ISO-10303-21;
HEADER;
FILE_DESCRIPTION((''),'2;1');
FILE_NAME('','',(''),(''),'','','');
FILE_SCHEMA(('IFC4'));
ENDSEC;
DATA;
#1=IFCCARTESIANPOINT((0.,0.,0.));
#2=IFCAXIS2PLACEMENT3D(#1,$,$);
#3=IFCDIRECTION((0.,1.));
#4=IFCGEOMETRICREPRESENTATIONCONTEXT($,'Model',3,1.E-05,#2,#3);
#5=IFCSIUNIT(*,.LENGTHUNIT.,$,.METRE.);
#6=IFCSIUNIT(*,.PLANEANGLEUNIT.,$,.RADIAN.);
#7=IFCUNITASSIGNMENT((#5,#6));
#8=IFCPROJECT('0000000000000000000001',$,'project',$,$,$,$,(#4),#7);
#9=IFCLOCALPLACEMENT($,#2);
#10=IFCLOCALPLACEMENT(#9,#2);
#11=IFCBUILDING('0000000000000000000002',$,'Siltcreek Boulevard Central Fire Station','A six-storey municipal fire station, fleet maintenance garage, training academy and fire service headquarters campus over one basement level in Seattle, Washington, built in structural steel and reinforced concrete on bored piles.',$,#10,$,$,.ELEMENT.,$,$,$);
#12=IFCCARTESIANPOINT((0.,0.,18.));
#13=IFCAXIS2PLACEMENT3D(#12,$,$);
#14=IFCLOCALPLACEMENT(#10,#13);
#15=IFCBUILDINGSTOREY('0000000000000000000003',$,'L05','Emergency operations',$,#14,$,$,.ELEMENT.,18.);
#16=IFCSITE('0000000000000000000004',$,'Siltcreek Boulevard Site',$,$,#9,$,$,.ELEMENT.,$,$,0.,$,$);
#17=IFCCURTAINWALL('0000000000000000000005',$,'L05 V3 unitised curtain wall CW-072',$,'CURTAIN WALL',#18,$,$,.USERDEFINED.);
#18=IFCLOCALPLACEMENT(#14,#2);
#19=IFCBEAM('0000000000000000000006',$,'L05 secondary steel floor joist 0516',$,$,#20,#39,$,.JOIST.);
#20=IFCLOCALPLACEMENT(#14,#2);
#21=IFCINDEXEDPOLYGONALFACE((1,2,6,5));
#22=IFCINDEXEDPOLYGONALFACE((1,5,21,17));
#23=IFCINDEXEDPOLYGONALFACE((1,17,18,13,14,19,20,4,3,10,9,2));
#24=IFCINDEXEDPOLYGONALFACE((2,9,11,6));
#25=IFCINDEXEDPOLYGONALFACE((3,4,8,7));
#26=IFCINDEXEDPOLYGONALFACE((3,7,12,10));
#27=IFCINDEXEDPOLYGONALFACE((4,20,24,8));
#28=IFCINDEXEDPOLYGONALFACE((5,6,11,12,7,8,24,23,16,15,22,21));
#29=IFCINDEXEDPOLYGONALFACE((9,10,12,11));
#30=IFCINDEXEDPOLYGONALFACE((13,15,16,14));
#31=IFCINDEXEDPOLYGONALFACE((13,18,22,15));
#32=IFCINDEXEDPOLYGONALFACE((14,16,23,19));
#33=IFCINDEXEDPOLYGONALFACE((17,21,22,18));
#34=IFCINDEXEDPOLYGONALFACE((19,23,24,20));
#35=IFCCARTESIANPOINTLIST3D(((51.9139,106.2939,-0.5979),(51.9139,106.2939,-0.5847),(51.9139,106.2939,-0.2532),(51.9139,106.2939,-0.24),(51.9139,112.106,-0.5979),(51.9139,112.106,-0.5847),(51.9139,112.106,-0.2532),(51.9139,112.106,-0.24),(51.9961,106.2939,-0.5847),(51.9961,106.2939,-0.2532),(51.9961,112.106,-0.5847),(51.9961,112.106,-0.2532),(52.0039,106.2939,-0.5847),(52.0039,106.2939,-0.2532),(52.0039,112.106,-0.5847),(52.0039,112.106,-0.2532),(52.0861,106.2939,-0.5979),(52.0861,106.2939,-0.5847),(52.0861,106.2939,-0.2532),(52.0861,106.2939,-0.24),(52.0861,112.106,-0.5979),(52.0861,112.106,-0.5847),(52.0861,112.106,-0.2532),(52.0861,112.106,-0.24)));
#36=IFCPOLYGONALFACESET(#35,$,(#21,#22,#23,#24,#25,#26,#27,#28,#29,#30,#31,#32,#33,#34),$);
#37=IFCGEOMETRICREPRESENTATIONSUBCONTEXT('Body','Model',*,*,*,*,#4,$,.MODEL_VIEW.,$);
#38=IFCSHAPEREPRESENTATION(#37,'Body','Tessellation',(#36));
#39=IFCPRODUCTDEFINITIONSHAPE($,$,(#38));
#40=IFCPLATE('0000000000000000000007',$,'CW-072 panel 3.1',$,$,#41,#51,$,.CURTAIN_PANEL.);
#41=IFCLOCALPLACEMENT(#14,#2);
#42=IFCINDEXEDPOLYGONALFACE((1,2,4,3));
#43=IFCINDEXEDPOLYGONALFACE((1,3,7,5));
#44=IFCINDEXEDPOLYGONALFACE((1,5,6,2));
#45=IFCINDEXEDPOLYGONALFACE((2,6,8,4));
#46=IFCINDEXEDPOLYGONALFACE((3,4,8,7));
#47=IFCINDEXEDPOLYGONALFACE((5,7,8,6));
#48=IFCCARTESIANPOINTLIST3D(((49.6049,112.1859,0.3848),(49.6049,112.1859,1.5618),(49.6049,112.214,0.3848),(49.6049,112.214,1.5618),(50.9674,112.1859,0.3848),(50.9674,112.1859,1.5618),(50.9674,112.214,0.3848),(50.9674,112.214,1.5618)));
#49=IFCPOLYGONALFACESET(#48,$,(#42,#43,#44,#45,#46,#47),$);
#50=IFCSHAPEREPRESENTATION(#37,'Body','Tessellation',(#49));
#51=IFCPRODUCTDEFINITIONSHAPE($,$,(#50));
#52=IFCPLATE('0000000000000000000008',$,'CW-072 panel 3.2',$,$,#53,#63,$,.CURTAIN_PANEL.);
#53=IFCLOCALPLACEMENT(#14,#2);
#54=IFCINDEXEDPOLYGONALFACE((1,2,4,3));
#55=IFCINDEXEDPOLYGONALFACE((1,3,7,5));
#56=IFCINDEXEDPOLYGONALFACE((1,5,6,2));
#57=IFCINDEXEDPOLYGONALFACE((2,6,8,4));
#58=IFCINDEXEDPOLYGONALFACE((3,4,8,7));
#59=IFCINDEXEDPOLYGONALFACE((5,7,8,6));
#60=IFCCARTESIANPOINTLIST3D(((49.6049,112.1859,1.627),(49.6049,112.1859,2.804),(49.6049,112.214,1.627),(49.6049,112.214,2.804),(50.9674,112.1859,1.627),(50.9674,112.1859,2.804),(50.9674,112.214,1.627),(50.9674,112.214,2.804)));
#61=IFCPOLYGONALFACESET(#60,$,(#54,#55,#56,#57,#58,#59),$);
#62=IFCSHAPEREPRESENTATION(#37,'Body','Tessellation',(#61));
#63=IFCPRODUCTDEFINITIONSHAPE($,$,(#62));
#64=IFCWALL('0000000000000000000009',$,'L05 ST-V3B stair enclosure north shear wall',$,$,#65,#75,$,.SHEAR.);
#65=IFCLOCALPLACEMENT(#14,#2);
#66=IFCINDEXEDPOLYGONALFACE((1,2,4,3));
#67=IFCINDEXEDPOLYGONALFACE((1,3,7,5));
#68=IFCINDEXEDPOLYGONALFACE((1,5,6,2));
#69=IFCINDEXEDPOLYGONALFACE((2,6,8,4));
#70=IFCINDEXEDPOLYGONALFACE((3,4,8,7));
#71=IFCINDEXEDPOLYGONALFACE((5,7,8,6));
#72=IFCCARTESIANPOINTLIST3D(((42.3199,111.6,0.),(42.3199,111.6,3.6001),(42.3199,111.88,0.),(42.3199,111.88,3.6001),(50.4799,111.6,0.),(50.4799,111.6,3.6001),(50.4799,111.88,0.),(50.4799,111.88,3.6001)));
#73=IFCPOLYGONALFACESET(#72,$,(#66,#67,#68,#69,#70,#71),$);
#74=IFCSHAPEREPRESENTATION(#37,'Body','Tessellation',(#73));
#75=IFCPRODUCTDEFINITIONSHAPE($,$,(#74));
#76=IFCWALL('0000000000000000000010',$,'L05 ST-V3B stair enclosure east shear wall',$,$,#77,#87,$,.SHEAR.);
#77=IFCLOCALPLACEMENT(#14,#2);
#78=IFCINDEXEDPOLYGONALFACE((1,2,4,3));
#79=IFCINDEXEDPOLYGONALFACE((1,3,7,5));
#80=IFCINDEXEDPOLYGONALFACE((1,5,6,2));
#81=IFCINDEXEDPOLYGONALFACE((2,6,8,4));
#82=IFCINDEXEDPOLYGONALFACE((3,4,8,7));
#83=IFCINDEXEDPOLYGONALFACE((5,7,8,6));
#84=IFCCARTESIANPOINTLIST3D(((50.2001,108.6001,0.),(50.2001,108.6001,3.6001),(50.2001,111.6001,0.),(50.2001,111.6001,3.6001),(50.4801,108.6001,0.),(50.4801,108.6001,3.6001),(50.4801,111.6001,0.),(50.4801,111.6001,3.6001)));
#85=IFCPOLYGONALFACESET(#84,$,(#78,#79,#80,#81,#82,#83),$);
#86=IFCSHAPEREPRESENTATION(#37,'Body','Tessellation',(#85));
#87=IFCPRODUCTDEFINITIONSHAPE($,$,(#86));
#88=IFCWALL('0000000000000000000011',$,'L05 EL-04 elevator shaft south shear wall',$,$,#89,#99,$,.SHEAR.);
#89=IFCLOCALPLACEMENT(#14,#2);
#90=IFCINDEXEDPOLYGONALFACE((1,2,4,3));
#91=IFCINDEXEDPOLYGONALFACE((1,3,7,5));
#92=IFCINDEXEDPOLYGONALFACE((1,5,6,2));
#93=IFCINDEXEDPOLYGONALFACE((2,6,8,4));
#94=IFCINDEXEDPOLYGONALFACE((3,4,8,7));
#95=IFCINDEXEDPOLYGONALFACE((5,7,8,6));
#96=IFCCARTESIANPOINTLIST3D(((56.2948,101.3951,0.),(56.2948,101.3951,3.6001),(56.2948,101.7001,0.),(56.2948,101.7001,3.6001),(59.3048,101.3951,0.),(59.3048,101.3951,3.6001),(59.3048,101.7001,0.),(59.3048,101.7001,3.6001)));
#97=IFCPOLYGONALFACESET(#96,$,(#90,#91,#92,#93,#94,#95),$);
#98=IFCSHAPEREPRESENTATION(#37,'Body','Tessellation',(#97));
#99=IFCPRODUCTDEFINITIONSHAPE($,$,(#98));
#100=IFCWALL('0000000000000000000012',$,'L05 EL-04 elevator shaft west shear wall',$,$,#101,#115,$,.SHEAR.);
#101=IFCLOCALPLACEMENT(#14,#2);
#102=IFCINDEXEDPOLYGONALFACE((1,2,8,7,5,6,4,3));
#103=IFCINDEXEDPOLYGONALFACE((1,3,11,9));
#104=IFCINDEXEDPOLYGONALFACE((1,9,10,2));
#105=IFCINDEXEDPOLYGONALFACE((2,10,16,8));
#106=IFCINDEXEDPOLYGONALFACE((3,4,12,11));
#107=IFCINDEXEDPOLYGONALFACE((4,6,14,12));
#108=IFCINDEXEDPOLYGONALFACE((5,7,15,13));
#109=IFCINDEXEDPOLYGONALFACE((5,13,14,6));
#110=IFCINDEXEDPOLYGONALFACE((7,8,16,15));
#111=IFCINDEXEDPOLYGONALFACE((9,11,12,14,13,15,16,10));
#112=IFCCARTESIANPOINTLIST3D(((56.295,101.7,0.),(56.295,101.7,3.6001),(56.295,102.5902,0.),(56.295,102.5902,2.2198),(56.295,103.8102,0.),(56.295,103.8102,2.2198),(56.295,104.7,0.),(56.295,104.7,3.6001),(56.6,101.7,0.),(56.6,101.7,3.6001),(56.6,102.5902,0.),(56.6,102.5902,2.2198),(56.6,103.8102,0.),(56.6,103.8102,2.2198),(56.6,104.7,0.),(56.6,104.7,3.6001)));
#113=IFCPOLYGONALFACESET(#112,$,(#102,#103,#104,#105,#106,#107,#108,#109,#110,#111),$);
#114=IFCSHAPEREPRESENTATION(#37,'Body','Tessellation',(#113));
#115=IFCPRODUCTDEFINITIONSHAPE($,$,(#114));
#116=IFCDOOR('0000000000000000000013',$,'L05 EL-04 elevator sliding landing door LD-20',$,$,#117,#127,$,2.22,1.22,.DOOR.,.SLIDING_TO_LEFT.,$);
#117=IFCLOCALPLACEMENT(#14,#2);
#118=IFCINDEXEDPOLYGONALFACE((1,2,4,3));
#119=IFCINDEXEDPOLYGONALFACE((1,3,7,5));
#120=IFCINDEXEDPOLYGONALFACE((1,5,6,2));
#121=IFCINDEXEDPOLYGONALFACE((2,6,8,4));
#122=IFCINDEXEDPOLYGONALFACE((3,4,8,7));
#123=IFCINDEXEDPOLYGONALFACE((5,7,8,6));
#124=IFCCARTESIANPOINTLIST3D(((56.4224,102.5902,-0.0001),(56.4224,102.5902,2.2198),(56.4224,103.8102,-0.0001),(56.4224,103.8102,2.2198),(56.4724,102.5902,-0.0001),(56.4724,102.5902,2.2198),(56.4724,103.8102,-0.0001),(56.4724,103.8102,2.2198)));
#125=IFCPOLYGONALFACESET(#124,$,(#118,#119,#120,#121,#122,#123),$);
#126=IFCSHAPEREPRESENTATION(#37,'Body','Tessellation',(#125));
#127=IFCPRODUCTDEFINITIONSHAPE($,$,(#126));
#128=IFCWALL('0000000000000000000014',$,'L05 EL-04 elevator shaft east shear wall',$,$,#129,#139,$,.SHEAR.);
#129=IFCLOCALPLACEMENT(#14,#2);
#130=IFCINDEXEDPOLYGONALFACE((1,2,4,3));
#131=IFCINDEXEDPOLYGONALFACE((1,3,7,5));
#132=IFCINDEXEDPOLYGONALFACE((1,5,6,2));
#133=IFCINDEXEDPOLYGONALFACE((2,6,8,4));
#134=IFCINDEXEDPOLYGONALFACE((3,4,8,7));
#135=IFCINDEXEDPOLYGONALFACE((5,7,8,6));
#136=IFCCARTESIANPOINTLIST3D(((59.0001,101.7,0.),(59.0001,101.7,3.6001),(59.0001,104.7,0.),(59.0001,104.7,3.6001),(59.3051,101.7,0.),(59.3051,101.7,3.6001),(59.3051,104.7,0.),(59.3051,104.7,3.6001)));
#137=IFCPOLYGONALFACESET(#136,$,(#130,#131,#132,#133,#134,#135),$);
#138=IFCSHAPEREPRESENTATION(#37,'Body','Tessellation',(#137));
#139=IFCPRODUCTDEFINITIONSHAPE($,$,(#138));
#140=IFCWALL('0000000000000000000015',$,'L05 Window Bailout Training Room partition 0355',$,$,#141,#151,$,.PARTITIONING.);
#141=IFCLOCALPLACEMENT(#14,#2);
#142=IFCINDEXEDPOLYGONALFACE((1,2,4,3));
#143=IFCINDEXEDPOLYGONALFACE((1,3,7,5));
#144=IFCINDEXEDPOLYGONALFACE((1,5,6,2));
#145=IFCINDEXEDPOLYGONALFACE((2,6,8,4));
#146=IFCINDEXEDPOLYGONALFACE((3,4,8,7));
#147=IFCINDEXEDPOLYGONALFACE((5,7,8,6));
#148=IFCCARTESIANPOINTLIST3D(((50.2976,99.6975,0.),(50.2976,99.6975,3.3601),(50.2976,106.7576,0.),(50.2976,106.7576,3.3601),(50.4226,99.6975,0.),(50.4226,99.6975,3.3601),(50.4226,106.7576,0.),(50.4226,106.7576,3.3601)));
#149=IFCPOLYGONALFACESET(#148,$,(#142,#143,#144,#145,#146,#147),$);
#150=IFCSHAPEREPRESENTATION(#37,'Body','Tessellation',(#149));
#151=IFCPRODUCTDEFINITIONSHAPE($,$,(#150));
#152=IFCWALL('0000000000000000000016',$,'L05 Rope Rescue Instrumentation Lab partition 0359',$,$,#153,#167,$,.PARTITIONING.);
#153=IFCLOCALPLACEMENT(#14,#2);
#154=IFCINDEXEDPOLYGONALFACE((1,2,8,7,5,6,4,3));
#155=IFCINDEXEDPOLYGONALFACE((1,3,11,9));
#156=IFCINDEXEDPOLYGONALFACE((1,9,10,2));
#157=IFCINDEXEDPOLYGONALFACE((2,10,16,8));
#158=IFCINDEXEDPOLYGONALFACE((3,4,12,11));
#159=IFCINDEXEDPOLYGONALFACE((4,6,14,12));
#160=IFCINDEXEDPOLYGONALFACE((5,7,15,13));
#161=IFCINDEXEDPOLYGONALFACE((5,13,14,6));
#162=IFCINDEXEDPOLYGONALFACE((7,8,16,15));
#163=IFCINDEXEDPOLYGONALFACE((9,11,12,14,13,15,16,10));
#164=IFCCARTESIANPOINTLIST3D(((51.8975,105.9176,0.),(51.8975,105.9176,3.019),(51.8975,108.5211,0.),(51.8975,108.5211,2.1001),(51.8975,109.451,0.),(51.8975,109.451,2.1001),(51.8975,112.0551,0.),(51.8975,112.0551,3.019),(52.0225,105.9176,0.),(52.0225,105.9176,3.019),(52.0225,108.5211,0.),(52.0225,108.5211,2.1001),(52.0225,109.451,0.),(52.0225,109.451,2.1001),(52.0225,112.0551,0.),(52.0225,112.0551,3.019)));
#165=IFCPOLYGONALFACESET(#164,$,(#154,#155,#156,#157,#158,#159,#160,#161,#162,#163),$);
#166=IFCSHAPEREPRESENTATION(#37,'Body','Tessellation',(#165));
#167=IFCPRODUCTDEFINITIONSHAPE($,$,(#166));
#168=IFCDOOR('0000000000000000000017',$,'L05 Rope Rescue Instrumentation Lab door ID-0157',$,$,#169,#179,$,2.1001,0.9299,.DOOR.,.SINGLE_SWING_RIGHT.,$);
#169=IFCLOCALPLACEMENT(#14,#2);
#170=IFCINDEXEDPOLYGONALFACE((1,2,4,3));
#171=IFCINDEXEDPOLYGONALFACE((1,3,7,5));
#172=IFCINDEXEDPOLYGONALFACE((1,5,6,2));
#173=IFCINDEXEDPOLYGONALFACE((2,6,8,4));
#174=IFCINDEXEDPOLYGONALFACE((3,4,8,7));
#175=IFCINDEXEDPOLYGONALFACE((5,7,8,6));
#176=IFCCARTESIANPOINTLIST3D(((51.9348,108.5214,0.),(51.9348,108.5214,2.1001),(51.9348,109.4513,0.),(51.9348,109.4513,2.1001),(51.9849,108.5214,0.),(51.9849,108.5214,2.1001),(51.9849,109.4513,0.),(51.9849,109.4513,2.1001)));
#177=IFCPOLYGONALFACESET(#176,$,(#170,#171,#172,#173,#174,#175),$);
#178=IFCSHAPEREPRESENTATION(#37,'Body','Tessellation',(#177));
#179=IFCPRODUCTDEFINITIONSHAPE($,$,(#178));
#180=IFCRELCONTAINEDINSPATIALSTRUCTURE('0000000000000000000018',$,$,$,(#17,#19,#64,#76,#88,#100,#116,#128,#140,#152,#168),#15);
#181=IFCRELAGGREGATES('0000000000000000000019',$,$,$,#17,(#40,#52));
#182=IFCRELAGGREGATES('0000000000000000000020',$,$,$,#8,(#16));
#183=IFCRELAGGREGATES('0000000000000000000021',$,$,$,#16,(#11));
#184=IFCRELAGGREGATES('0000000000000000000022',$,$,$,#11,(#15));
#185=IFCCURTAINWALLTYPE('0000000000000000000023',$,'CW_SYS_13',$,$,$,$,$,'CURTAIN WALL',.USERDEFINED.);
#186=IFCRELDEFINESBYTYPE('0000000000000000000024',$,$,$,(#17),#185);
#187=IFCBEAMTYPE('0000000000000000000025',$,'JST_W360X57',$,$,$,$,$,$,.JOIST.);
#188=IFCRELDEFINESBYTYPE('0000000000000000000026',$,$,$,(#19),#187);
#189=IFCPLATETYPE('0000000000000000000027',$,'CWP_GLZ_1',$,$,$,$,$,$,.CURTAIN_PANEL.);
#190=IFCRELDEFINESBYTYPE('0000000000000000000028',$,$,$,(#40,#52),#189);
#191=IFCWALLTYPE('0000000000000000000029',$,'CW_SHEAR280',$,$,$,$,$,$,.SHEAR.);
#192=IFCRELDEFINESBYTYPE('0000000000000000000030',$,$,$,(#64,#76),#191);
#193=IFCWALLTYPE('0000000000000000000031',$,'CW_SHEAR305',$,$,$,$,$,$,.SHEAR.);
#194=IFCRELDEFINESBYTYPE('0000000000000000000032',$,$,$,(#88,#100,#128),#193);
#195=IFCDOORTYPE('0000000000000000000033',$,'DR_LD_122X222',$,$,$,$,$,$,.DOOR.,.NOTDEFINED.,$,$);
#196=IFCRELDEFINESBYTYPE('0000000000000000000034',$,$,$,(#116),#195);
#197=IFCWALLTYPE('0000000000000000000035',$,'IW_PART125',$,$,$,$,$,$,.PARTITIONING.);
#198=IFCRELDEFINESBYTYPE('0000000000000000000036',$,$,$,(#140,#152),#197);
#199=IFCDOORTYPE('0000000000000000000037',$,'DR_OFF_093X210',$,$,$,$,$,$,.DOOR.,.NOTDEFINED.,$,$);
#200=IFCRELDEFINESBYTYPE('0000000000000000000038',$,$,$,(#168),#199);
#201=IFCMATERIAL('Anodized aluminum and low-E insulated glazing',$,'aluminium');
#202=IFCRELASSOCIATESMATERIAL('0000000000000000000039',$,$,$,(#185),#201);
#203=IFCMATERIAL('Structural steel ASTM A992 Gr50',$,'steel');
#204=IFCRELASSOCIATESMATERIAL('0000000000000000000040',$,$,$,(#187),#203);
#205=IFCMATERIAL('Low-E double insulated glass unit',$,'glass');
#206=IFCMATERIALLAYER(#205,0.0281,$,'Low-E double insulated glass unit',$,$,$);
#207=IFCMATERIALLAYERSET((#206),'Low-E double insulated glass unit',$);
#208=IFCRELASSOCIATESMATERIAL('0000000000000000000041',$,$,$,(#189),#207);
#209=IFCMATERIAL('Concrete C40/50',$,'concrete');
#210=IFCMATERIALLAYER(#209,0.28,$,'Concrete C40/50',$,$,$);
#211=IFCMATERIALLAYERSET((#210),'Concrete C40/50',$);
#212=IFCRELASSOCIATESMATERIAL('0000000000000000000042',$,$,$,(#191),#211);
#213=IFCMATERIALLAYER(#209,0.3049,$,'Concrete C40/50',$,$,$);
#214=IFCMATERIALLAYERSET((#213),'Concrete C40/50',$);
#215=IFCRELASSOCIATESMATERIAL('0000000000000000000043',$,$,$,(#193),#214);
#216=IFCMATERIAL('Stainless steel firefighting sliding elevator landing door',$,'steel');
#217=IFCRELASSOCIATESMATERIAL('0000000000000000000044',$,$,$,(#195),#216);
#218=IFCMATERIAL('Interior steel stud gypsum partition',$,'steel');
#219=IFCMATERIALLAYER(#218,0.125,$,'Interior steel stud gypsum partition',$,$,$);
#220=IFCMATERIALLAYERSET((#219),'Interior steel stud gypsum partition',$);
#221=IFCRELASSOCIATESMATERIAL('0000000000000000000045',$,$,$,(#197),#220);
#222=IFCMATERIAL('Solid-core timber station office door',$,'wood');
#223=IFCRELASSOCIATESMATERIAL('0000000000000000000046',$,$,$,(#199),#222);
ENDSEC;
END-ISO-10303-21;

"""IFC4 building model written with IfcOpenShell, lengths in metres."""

from ifc_helpers import new_model, si_unit, direction, frame, frame_2d, origin, origin_2d, place, context, subcontext, project, spatial, rectangle, i_section, extrude, material, layer, layer_set, material_profile, profile_set, type_object, element, fill, aggregate, save


model = new_model("IFC4")

# Units and contexts
model_context = context("Model", 3, precision=1e-05, world=origin(), true_north=direction((0.0, 1.0)))
body_context = subcontext(model_context, "Body", "Model", "MODEL_VIEW")
ifc_project = project(units=[si_unit("LENGTHUNIT", "METRE"), si_unit("PLANEANGLEUNIT", "RADIAN")], contexts=[model_context])

# Site, building, storey
site_placement = place(None, origin())
site = spatial("IfcSite", under=ifc_project, at=site_placement, Name="Siltcreek Boulevard Site", CompositionType="ELEMENT", RefElevation=0.0)
building_placement = place(site_placement, origin())
building = spatial("IfcBuilding", under=site, at=building_placement, Name="Siltcreek Boulevard Central Fire Station", Description="A six-storey municipal fire station, fleet maintenance garage, training academy and fire service headquarters campus over one basement level in Seattle, Washington, built in structural steel and reinforced concrete on bored piles.", CompositionType="ELEMENT")
storey_placement = place(building_placement, frame((0.0, 0.0, 18.0)))
storey = spatial("IfcBuildingStorey", under=building, at=storey_placement, Name="L05", Description="Emergency operations", CompositionType="ELEMENT", Elevation=18.0)

# Shared definitions
ifc_material_1 = material(Name="Structural steel ASTM A992 Gr50", Category="steel")

# Curtain wall
ifc_material_2 = material(Name="Anodized aluminum and low-E insulated glazing", Category="aluminium")
curtain_wall_type = type_object("IfcCurtainWallType", Name="CW_SYS_13", ElementType="CURTAIN WALL", PredefinedType="USERDEFINED", material=ifc_material_2)
curtain_wall_placement = place(storey_placement, origin())
curtain_wall = element("IfcCurtainWall", 1, at=curtain_wall_placement, inside=storey, type_object=curtain_wall_type, Name="L05 V3 unitised curtain wall CW-072", ObjectType="CURTAIN WALL", PredefinedType="USERDEFINED")

# Beam
ifc_material_profile_1 = material_profile(ifc_material_1, i_section(OverallWidth=0.1721, OverallDepth=0.3579, WebThickness=0.0078, FlangeThickness=0.0132, at=origin_2d()), Name="W360X57")
ifc_profile_set_1 = profile_set([ifc_material_profile_1], Name="Structural steel ASTM A992 Gr50")
beam_type_1 = type_object("IfcBeamType", Name="JST_W360X57", PredefinedType="JOIST", material=ifc_profile_set_1)
beam_1_placement = place(storey_placement, frame((52.0, 106.2939, -0.4189), z_axis=(0.0, 1.0, 0.0), x_axis=(-1.0, 0.0, 0.0)))
element("IfcBeam", 2, at=beam_1_placement, inside=storey, type_object=beam_type_1, Name="L05 secondary steel floor joist 0516", PredefinedType="JOIST", context=body_context, shape_type="SweptSolid", body=[
    extrude(i_section(OverallWidth=0.1721, OverallDepth=0.3579, WebThickness=0.0078, FlangeThickness=0.0132, at=origin_2d()), origin(), (0.0, 0.0, 1.0), 5.812),
])

# Plates
ifc_material_3 = material(Name="Low-E double insulated glass unit", Category="glass")
ifc_layer_1 = layer(ifc_material_3, 0.0281, Name="Low-E double insulated glass unit")
ifc_layer_set_1 = layer_set([ifc_layer_1], Name="Low-E double insulated glass unit")
plate_type = type_object("IfcPlateType", Name="CWP_GLZ_1", PredefinedType="CURTAIN_PANEL", material=ifc_layer_set_1)
plate_1_placement = place(storey_placement, frame((50.2861, 112.2, 0.3848), z_axis=(0.0, 0.0, 1.0), x_axis=(-1.0, 0.0, 0.0)))
plate_1 = element("IfcPlate", 3, at=plate_1_placement, type_object=plate_type, Name="CW-072 panel 3.1", PredefinedType="CURTAIN_PANEL", context=body_context, shape_type="SweptSolid", body=[
    extrude(rectangle(XDim=1.3625, YDim=0.0281, at=origin_2d()), origin(), (0.0, 0.0, 1.0), 1.177),
])
plate_2_placement = place(storey_placement, frame((50.2861, 112.2, 1.627), z_axis=(0.0, 0.0, 1.0), x_axis=(-1.0, 0.0, 0.0)))
plate_2 = element("IfcPlate", 4, at=plate_2_placement, type_object=plate_type, Name="CW-072 panel 3.2", PredefinedType="CURTAIN_PANEL", context=body_context, shape_type="SweptSolid", body=[
    extrude(rectangle(XDim=1.3625, YDim=0.0281, at=origin_2d()), origin(), (0.0, 0.0, 1.0), 1.177),
])
aggregate(curtain_wall, [plate_1, plate_2])

# Walls
ifc_material_4 = material(Name="Concrete C40/50", Category="concrete")
ifc_layer_2 = layer(ifc_material_4, 0.28, Name="Concrete C40/50")
ifc_layer_set_2 = layer_set([ifc_layer_2], Name="Concrete C40/50")
wall_type_1 = type_object("IfcWallType", Name="CW_SHEAR280", PredefinedType="SHEAR", material=ifc_layer_set_2)
wall_1_placement = place(storey_placement, frame((50.48, 111.74, 0.0), z_axis=(0.0, 0.0, 1.0), x_axis=(-1.0, 0.0, 0.0)))
element("IfcWall", 5, at=wall_1_placement, inside=storey, type_object=wall_type_1, Name="L05 ST-V3B stair enclosure north shear wall", PredefinedType="SHEAR", context=body_context, shape_type="SweptSolid", body=[
    extrude(rectangle(XDim=8.1599, YDim=0.28, at=frame_2d((4.0801, 0.0))), origin(), (0.0, 0.0, 1.0), 3.6001),
])
wall_2_placement = place(storey_placement, frame((50.3401, 108.6001, 0.0), z_axis=(0.0, 0.0, 1.0), x_axis=(0.0, 1.0, 0.0)))
element("IfcWall", 6, at=wall_2_placement, inside=storey, type_object=wall_type_1, Name="L05 ST-V3B stair enclosure east shear wall", PredefinedType="SHEAR", context=body_context, shape_type="SweptSolid", body=[
    extrude(rectangle(XDim=3.0, YDim=0.28, at=frame_2d((1.5, 0.0))), origin(), (0.0, 0.0, 1.0), 3.6001),
])
ifc_layer_3 = layer(ifc_material_4, 0.3049, Name="Concrete C40/50")
ifc_layer_set_3 = layer_set([ifc_layer_3], Name="Concrete C40/50")
wall_type_2 = type_object("IfcWallType", Name="CW_SHEAR305", PredefinedType="SHEAR", material=ifc_layer_set_3)
wall_3_placement = place(storey_placement, frame((56.2949, 101.5476, 0.0), z_axis=(0.0, 0.0, 1.0), x_axis=(1.0, 0.0, 0.0)))
element("IfcWall", 7, at=wall_3_placement, inside=storey, type_object=wall_type_2, Name="L05 EL-04 elevator shaft south shear wall", PredefinedType="SHEAR", context=body_context, shape_type="SweptSolid", body=[
    extrude(rectangle(XDim=3.01, YDim=0.3049, at=frame_2d((1.5049, 0.0))), origin(), (0.0, 0.0, 1.0), 3.6001),
])

# Wall, opening, door
wall_4_placement = place(storey_placement, frame((56.4475, 104.7, 0.0), z_axis=(0.0, 0.0, 1.0), x_axis=(0.0, -1.0, 0.0)))
wall_4 = element("IfcWall", 8, at=wall_4_placement, inside=storey, type_object=wall_type_2, Name="L05 EL-04 elevator shaft west shear wall", PredefinedType="SHEAR", context=body_context, shape_type="SweptSolid", body=[
    extrude(rectangle(XDim=3.0, YDim=0.3049, at=frame_2d((1.5, 0.0))), origin(), (0.0, 0.0, 1.0), 3.6001),
])
opening_1_placement = place(wall_4_placement, frame((0.8899, 0.0, 0.0)))
opening_1 = element("IfcOpeningElement", 9, at=opening_1_placement, cuts=wall_4, PredefinedType="OPENING", context=body_context, shape_type="SweptSolid", body=[
    extrude(rectangle(XDim=1.22, YDim=2.22, at=frame_2d((0.6099, 1.1099))), frame((0.0, 0.1624, 0.0), z_axis=(0.0, -1.0, 0.0), x_axis=(1.0, 0.0, 0.0)), (0.0, 0.0, 1.0), 0.325),
])
ifc_material_5 = material(Name="Stainless steel firefighting sliding elevator landing door", Category="steel")
door_type_1 = type_object("IfcDoorType", Name="DR_LD_122X222", OperationType="NOTDEFINED", PredefinedType="DOOR", material=ifc_material_5)
door_1_placement = place(opening_1_placement, origin())
door_1 = element("IfcDoor", 10, at=door_1_placement, inside=storey, type_object=door_type_1, Name="L05 EL-04 elevator sliding landing door LD-20", OperationType="SLIDING_TO_LEFT", OverallHeight=2.22, OverallWidth=1.22, PredefinedType="DOOR", context=body_context, shape_type="SweptSolid", body=[
    extrude(rectangle(XDim=1.22, YDim=2.22, at=frame_2d((0.6099, 1.1099))), frame((0.0, 0.0249, 0.0), z_axis=(0.0, -1.0, 0.0), x_axis=(1.0, 0.0, 0.0)), (0.0, 0.0, 1.0), 0.05),
])
fill(opening_1, door_1)

# Walls
wall_5_placement = place(storey_placement, frame((59.1526, 101.7, 0.0), z_axis=(0.0, 0.0, 1.0), x_axis=(0.0, 1.0, 0.0)))
element("IfcWall", 11, at=wall_5_placement, inside=storey, type_object=wall_type_2, Name="L05 EL-04 elevator shaft east shear wall", PredefinedType="SHEAR", context=body_context, shape_type="SweptSolid", body=[
    extrude(rectangle(XDim=3.0, YDim=0.3049, at=frame_2d((1.5, 0.0))), origin(), (0.0, 0.0, 1.0), 3.6001),
])
ifc_material_6 = material(Name="Interior steel stud gypsum partition", Category="steel")
ifc_layer_4 = layer(ifc_material_6, 0.125, Name="Interior steel stud gypsum partition")
ifc_layer_set_4 = layer_set([ifc_layer_4], Name="Interior steel stud gypsum partition")
wall_type_3 = type_object("IfcWallType", Name="IW_PART125", PredefinedType="PARTITIONING", material=ifc_layer_set_4)
wall_6_placement = place(storey_placement, frame((50.3601, 106.7576, 0.0), z_axis=(0.0, 0.0, 1.0), x_axis=(0.0, -1.0, 0.0)))
element("IfcWall", 12, at=wall_6_placement, inside=storey, type_object=wall_type_3, Name="L05 Window Bailout Training Room partition 0355", PredefinedType="PARTITIONING", context=body_context, shape_type="SweptSolid", body=[
    extrude(rectangle(XDim=7.0601, YDim=0.125, at=frame_2d((3.53, 0.0))), origin(), (0.0, 0.0, 1.0), 3.3601),
])

# Wall, opening, door
wall_7_placement = place(storey_placement, frame((51.96, 105.9175, 0.0), z_axis=(0.0, 0.0, 1.0), x_axis=(0.0, 1.0, 0.0)))
wall_7 = element("IfcWall", 13, at=wall_7_placement, inside=storey, type_object=wall_type_3, Name="L05 Rope Rescue Instrumentation Lab partition 0359", PredefinedType="PARTITIONING", context=body_context, shape_type="SweptSolid", body=[
    extrude(rectangle(XDim=6.1375, YDim=0.125, at=frame_2d((3.0688, 0.0))), origin(), (0.0, 0.0, 1.0), 3.019),
])
opening_2_placement = place(wall_7_placement, frame((2.6038, 0.0, 0.0)))
opening_2 = element("IfcOpeningElement", 14, at=opening_2_placement, cuts=wall_7, PredefinedType="OPENING", context=body_context, shape_type="SweptSolid", body=[
    extrude(rectangle(XDim=0.9299, YDim=2.1001, at=frame_2d((0.4648, 1.05))), frame((0.0, 0.0725, 0.0), z_axis=(0.0, -1.0, 0.0), x_axis=(1.0, 0.0, 0.0)), (0.0, 0.0, 1.0), 0.145),
])
ifc_material_7 = material(Name="Solid-core timber station office door", Category="wood")
door_type_2 = type_object("IfcDoorType", Name="DR_OFF_093X210", OperationType="NOTDEFINED", PredefinedType="DOOR", material=ifc_material_7)
door_2_placement = place(opening_2_placement, frame((0.9299, 0.0, 0.0), z_axis=(0.0, 0.0, 1.0), x_axis=(-1.0, 0.0, 0.0)))
door_2 = element("IfcDoor", 15, at=door_2_placement, inside=storey, type_object=door_type_2, Name="L05 Rope Rescue Instrumentation Lab door ID-0157", OperationType="SINGLE_SWING_RIGHT", OverallHeight=2.1001, OverallWidth=0.9299, PredefinedType="DOOR", context=body_context, shape_type="SweptSolid", body=[
    extrude(rectangle(XDim=0.9299, YDim=2.1001, at=frame_2d((0.4648, 1.05))), frame((0.0, 0.0249, 0.0), z_axis=(0.0, -1.0, 0.0), x_axis=(1.0, 0.0, 0.0)), (0.0, 0.0, 1.0), 0.05),
])
fill(opening_2, door_2)

save(model, "model.ifc")
